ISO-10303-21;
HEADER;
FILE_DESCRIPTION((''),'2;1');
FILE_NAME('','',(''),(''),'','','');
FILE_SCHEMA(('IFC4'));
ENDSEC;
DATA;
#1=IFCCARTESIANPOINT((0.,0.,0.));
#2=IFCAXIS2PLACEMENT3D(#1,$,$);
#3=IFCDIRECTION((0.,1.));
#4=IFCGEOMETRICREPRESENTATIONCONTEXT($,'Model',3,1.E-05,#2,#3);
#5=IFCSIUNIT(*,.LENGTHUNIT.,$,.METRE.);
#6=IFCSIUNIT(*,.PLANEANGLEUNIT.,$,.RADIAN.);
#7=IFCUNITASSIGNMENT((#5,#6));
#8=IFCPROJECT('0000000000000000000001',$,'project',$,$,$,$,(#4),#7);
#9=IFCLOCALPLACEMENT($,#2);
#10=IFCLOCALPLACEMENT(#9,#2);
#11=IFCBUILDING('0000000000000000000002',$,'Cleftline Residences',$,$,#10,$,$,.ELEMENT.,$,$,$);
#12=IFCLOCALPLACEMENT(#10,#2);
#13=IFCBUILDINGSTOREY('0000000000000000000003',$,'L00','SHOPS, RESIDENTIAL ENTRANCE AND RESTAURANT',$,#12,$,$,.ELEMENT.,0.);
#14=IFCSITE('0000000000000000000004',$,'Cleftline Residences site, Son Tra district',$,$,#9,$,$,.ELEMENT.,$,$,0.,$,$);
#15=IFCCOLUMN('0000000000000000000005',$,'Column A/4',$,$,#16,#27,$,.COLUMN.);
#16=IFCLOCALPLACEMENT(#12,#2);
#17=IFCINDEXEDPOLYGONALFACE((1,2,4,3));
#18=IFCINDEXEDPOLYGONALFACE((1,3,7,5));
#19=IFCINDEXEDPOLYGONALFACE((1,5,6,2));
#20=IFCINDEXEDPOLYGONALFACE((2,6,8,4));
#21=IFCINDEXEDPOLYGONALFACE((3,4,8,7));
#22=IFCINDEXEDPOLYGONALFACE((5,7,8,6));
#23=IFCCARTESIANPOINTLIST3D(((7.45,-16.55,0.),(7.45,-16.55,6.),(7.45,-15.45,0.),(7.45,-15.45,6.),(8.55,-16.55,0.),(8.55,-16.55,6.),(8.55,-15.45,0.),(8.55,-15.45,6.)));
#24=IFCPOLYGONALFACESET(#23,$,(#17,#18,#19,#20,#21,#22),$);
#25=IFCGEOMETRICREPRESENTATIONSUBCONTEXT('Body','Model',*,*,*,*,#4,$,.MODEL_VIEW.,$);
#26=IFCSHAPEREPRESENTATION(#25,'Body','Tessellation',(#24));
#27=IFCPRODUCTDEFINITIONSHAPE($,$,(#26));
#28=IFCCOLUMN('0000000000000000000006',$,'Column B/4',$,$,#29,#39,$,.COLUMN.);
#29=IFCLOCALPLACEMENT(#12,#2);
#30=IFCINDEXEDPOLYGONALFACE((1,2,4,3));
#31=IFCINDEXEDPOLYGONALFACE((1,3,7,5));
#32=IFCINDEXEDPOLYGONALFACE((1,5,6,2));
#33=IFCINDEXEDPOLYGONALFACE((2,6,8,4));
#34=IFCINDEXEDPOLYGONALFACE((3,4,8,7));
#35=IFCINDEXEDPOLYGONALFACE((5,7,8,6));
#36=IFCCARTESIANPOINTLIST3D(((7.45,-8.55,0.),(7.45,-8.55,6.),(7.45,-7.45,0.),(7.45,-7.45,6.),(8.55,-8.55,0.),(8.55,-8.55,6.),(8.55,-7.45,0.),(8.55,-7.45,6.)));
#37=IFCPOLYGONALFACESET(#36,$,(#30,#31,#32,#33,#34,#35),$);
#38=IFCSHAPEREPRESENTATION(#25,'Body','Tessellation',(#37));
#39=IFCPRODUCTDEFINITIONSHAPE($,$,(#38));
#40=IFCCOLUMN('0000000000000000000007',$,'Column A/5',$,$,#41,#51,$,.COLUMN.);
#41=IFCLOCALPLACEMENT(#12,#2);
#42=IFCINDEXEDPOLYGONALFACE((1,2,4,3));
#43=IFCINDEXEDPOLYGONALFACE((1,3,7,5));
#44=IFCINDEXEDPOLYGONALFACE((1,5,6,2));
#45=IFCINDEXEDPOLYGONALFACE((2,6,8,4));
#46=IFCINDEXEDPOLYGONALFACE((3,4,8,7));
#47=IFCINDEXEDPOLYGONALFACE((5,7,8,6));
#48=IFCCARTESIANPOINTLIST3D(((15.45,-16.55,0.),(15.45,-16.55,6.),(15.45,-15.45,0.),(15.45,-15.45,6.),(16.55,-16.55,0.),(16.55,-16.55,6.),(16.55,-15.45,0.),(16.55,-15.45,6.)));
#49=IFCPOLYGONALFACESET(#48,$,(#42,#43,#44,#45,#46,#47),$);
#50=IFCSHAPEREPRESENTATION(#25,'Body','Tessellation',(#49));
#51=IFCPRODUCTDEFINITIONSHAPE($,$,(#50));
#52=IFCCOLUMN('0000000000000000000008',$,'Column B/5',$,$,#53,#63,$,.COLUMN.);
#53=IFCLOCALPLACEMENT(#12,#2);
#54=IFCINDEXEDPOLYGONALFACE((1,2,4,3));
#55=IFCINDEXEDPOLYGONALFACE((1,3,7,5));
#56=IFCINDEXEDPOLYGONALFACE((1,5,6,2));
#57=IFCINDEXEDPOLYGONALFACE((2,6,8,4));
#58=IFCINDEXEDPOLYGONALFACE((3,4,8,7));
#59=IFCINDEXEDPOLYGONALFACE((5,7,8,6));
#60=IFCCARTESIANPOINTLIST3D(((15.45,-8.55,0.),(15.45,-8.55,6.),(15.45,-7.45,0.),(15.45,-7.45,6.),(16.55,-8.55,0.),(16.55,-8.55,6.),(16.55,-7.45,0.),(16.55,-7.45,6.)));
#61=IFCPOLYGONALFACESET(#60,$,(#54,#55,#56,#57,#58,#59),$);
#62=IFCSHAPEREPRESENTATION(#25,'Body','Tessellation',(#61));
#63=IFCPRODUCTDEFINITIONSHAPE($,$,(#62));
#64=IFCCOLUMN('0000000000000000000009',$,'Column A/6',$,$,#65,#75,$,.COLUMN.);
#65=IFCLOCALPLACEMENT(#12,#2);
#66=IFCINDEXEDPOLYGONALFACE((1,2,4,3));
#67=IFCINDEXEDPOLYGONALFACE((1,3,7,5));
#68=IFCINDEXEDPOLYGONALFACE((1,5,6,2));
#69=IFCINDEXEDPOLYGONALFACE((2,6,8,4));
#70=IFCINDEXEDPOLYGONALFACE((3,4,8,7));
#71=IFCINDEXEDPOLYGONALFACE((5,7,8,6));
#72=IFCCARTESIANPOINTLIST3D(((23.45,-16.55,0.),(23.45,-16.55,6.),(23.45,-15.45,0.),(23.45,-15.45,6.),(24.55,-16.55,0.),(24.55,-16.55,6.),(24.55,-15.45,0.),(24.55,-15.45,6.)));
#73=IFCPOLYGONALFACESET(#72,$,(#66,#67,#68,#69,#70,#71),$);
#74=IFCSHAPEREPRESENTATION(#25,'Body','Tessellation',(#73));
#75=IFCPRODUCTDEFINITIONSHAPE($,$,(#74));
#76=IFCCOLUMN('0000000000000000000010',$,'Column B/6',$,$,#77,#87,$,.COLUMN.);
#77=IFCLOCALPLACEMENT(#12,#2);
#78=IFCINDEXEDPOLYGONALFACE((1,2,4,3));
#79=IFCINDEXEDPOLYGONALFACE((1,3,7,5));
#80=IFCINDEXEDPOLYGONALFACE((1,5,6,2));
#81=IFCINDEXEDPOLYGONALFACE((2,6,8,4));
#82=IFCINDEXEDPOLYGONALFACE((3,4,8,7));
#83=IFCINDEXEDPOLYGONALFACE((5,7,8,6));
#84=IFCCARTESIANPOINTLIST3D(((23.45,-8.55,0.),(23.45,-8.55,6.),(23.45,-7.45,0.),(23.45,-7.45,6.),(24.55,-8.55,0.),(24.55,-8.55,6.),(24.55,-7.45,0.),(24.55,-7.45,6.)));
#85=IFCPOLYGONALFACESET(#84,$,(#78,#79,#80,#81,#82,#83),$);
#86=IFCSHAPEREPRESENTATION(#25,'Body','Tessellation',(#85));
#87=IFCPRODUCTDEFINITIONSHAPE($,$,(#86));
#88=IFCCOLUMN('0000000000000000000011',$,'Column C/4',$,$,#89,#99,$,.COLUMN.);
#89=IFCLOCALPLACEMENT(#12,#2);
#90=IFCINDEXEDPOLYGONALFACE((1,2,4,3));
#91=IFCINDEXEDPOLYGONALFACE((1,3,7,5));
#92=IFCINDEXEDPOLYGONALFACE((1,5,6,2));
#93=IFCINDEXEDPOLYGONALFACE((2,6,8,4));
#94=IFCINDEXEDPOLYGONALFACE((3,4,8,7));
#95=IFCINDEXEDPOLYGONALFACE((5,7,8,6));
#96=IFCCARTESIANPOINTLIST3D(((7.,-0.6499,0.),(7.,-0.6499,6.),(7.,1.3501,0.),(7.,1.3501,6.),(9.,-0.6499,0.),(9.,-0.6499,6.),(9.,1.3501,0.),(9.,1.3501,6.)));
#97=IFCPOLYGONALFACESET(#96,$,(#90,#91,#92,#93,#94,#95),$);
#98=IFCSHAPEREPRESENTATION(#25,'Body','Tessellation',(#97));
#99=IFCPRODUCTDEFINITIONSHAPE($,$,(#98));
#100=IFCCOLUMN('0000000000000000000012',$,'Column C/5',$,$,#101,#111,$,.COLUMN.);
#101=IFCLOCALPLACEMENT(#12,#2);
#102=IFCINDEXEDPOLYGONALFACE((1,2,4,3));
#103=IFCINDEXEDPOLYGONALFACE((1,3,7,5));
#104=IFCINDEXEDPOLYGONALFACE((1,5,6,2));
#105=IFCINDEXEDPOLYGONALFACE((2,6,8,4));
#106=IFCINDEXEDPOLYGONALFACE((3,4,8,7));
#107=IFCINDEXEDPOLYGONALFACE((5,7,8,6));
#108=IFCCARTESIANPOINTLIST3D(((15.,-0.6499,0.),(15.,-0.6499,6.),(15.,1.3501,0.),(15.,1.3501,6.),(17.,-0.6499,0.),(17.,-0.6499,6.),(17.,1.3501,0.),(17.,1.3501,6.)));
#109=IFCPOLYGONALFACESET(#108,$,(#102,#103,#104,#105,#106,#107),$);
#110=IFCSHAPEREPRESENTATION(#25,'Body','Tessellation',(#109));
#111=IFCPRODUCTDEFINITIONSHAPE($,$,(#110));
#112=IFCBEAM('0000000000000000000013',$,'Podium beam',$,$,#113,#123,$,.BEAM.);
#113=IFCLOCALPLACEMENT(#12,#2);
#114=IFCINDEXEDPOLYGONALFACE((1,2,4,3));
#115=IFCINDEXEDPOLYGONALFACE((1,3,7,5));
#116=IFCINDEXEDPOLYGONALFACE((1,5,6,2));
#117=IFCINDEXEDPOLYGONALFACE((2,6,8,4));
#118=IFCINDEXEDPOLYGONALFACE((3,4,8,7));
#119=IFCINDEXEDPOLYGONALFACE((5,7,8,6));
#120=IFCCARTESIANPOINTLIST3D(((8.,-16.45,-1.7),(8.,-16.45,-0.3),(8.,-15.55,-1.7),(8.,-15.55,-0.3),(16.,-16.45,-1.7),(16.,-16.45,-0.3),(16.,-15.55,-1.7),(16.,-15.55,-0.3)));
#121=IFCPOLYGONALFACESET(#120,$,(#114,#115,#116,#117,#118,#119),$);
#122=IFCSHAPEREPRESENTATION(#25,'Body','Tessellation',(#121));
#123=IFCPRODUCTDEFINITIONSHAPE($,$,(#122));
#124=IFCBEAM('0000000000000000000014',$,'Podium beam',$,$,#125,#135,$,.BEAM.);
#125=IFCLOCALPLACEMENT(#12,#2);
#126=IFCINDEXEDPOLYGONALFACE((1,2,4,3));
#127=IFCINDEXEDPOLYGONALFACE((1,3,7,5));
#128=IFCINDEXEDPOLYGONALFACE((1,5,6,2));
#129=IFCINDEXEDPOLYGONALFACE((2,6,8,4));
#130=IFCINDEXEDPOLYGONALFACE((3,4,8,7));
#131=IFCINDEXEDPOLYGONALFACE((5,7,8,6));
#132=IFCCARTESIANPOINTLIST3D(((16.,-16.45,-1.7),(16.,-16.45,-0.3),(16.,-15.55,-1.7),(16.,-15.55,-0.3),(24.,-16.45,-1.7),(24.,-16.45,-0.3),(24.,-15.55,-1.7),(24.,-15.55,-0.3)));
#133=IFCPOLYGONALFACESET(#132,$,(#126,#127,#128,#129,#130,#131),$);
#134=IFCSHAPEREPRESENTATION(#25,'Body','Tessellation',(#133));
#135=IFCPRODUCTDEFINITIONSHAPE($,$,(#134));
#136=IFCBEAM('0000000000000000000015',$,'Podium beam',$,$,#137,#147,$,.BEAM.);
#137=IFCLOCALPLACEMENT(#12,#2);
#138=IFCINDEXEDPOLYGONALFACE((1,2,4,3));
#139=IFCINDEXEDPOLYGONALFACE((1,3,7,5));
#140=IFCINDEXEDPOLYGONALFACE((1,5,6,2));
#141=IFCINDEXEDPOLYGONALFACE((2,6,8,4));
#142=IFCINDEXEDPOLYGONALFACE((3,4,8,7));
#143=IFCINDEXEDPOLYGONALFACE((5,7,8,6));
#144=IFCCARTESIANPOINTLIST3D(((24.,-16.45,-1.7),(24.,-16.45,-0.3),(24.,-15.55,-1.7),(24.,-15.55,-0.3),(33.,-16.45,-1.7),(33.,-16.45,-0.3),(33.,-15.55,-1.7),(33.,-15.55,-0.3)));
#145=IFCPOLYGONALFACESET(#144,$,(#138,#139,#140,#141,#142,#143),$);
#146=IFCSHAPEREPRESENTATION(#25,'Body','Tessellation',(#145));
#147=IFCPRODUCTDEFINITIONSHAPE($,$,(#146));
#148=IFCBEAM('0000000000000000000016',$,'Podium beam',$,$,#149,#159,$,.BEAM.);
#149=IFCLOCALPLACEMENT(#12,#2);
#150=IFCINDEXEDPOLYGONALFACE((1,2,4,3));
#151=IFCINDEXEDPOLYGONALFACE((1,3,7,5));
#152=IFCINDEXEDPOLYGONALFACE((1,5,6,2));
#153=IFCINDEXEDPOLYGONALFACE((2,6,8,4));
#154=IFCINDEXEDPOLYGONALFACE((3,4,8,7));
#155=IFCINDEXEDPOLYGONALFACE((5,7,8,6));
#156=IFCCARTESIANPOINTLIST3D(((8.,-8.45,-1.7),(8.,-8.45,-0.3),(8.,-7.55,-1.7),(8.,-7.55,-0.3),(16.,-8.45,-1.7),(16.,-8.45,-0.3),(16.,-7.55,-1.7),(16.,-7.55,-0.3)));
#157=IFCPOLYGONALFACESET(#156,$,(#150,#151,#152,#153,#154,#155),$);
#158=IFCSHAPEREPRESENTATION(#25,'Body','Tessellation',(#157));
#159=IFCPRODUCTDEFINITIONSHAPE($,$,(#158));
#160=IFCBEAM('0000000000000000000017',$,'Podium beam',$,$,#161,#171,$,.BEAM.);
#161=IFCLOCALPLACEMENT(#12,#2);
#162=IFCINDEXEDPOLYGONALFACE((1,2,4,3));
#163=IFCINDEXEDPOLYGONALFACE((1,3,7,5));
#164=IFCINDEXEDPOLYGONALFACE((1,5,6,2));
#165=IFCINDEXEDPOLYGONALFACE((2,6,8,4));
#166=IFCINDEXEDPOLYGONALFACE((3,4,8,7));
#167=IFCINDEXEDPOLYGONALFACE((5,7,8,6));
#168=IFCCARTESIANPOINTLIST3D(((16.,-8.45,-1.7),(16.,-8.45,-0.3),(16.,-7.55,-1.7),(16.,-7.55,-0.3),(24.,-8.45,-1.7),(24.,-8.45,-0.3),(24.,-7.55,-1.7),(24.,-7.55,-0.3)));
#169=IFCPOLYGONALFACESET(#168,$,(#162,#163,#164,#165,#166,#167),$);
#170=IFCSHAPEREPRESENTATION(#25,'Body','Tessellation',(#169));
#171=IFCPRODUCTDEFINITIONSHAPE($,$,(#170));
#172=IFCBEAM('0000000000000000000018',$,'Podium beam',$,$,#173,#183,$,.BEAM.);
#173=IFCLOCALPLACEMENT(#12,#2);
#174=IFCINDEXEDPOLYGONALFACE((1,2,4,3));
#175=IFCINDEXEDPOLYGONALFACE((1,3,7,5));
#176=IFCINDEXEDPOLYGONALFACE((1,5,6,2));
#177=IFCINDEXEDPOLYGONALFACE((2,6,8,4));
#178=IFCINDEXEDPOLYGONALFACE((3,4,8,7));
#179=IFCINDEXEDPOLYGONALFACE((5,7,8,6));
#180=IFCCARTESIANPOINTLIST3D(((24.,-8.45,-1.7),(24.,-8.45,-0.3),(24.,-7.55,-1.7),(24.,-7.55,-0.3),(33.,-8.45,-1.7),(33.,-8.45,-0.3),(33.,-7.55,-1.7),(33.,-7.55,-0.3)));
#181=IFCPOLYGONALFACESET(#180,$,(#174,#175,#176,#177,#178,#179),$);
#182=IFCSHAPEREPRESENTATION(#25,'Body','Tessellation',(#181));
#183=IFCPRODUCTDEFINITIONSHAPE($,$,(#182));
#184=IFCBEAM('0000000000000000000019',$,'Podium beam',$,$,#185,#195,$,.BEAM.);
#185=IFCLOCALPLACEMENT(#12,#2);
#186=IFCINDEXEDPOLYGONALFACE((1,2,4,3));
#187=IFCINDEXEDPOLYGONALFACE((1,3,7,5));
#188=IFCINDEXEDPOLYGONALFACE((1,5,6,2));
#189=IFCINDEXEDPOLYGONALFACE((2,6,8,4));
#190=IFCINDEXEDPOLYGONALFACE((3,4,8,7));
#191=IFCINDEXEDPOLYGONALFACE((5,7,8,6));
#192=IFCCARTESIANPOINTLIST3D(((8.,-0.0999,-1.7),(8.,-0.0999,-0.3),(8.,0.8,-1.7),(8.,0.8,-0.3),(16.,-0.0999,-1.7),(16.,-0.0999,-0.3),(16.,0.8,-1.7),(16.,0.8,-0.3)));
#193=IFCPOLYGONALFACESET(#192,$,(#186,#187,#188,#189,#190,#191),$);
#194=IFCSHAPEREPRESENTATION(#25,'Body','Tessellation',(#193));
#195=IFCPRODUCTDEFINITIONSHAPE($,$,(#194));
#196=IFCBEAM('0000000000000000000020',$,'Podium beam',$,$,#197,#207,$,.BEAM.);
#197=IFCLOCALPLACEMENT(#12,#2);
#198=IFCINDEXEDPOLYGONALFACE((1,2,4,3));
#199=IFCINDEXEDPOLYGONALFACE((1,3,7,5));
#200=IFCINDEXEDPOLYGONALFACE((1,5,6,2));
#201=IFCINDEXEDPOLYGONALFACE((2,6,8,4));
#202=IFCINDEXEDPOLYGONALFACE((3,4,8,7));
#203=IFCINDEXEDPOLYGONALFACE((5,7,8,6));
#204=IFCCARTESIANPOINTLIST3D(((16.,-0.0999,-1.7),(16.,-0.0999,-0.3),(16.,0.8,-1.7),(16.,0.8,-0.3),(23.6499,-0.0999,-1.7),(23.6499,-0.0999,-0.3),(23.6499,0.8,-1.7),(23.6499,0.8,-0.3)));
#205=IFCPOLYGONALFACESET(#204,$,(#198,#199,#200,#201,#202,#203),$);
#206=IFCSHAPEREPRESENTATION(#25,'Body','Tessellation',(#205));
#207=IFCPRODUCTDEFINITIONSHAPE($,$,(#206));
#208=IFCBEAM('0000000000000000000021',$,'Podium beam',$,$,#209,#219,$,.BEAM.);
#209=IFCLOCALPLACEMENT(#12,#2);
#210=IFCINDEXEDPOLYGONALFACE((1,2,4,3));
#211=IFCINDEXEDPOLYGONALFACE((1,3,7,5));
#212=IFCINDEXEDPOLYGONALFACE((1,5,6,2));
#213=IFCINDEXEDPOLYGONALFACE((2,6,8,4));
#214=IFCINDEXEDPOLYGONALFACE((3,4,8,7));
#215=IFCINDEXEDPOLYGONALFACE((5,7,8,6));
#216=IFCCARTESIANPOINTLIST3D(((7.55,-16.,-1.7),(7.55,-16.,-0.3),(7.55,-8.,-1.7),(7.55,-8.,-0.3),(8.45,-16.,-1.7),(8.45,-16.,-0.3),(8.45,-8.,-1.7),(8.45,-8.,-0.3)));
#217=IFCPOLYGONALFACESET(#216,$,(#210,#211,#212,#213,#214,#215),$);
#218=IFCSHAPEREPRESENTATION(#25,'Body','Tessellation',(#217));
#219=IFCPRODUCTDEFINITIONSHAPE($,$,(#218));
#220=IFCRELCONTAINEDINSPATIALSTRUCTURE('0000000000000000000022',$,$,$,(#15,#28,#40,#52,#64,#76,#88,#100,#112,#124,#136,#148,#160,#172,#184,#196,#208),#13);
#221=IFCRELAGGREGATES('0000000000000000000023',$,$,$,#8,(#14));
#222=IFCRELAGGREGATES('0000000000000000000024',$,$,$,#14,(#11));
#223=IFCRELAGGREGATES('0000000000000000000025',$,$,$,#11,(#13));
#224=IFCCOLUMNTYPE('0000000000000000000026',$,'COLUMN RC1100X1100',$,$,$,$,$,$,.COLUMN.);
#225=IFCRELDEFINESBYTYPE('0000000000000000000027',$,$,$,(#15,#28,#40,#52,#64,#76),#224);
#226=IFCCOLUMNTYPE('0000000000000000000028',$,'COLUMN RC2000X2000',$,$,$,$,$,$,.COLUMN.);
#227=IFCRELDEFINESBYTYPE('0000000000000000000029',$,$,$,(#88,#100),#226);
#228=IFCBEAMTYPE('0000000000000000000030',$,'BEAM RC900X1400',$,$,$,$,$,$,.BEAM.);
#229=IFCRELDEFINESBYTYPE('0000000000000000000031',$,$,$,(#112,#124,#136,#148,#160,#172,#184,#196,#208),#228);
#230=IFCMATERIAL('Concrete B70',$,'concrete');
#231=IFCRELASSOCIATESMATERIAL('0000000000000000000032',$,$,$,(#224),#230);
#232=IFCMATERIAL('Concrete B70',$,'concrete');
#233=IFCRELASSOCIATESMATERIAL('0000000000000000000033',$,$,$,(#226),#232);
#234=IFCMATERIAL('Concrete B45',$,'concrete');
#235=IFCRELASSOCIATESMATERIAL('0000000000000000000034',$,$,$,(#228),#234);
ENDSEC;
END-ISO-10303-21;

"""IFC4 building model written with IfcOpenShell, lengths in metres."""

from ifc_helpers import new_model, si_unit, direction, frame, origin, origin_2d, place, context, subcontext, project, spatial, rectangle, extrude, material, material_profile, profile_set, type_object, element, save


model = new_model("IFC4")

# Units and contexts
model_context = context("Model", 3, precision=1e-05, world=origin(), true_north=direction((0.0, 1.0)))
body_context = subcontext(model_context, "Body", "Model", "MODEL_VIEW")
ifc_project = project(units=[si_unit("LENGTHUNIT", "METRE"), si_unit("PLANEANGLEUNIT", "RADIAN")], contexts=[model_context])

# Site, building, storey
site_placement = place(None, origin())
site = spatial("IfcSite", under=ifc_project, at=site_placement, Name="Cleftline Residences site, Son Tra district", CompositionType="ELEMENT", RefElevation=0.0)
building_placement = place(site_placement, origin())
building = spatial("IfcBuilding", under=site, at=building_placement, Name="Cleftline Residences", CompositionType="ELEMENT")
storey_placement = place(building_placement, origin())
storey = spatial("IfcBuildingStorey", under=building, at=storey_placement, Name="L00", Description="SHOPS, RESIDENTIAL ENTRANCE AND RESTAURANT", CompositionType="ELEMENT", Elevation=0.0)

# Columns
ifc_material_1 = material(Name="Concrete B70", Category="concrete")
ifc_material_profile_1 = material_profile(ifc_material_1, rectangle(XDim=1.1001, YDim=1.1001, at=origin_2d()))
ifc_profile_set_1 = profile_set([ifc_material_profile_1], Name="Concrete B70")
column_type_1 = type_object("IfcColumnType", Name="COLUMN RC1100X1100", PredefinedType="COLUMN", material=ifc_profile_set_1)
for number, where, z_axis, x_axis, name in (
    (1, (8.0, -16.0, 0.0), (0.0, 0.0, 1.0), (1.0, 0.0, 0.0), "Column A/4"),
    (2, (8.0, -8.0, 0.0), (0.0, 0.0, 1.0), (1.0, 0.0, 0.0), "Column B/4"),
    (3, (16.0, -16.0, 0.0), (0.0, 0.0, 1.0), (1.0, 0.0, 0.0), "Column A/5"),
    (4, (16.0, -8.0, 0.0), (0.0, 0.0, 1.0), (1.0, 0.0, 0.0), "Column B/5"),
    (5, (24.0, -16.0, 0.0), (0.0, 0.0, 1.0), (1.0, 0.0, 0.0), "Column A/6"),
    (6, (24.0, -8.0, 0.0), (0.0, 0.0, 1.0), (1.0, 0.0, 0.0), "Column B/6"),
):
    element("IfcColumn", number, at=place(storey_placement, frame(where, z_axis=z_axis, x_axis=x_axis)), inside=storey, type_object=column_type_1, Name=name, PredefinedType="COLUMN", context=body_context, shape_type="SweptSolid", body=[
        extrude(rectangle(XDim=1.1001, YDim=1.1001, at=origin_2d()), origin(), (0.0, 0.0, 1.0), 6.0),
    ])
ifc_material_2 = material(Name="Concrete B70", Category="concrete")
ifc_material_profile_2 = material_profile(ifc_material_2, rectangle(XDim=2.0, YDim=2.0, at=origin_2d()))
ifc_profile_set_2 = profile_set([ifc_material_profile_2], Name="Concrete B70")
column_type_2 = type_object("IfcColumnType", Name="COLUMN RC2000X2000", PredefinedType="COLUMN", material=ifc_profile_set_2)
for number, where, z_axis, x_axis, name in (
    (7, (8.0, 0.3501, 0.0), (0.0, 0.0, 1.0), (1.0, 0.0, 0.0), "Column C/4"),
    (8, (16.0, 0.3501, 0.0), (0.0, 0.0, 1.0), (1.0, 0.0, 0.0), "Column C/5"),
):
    element("IfcColumn", number, at=place(storey_placement, frame(where, z_axis=z_axis, x_axis=x_axis)), inside=storey, type_object=column_type_2, Name=name, PredefinedType="COLUMN", context=body_context, shape_type="SweptSolid", body=[
        extrude(rectangle(XDim=2.0, YDim=2.0, at=origin_2d()), origin(), (0.0, 0.0, 1.0), 6.0),
    ])

# Beams
ifc_material_3 = material(Name="Concrete B45", Category="concrete")
ifc_material_profile_3 = material_profile(ifc_material_3, rectangle(XDim=0.8999, YDim=1.3999, at=origin_2d()))
ifc_profile_set_3 = profile_set([ifc_material_profile_3], Name="Concrete B45")
beam_type = type_object("IfcBeamType", Name="BEAM RC900X1400", PredefinedType="BEAM", material=ifc_profile_set_3)
for number, where, z_axis, x_axis, name in (
    (9, (8.0, -16.0, -1.0), (1.0, 0.0, 0.0), (0.0, 1.0, 0.0), "Podium beam"),
    (10, (16.0, -16.0, -1.0), (1.0, 0.0, 0.0), (0.0, 1.0, 0.0), "Podium beam"),
):
    element("IfcBeam", number, at=place(storey_placement, frame(where, z_axis=z_axis, x_axis=x_axis)), inside=storey, type_object=beam_type, Name=name, PredefinedType="BEAM", context=body_context, shape_type="SweptSolid", body=[
        extrude(rectangle(XDim=0.8999, YDim=1.3999, at=origin_2d()), origin(), (0.0, 0.0, 1.0), 8.0),
    ])
beam_1_placement = place(storey_placement, frame((24.0, -16.0, -1.0), z_axis=(1.0, 0.0, 0.0), x_axis=(0.0, 1.0, 0.0)))
element("IfcBeam", 11, at=beam_1_placement, inside=storey, type_object=beam_type, Name="Podium beam", PredefinedType="BEAM", context=body_context, shape_type="SweptSolid", body=[
    extrude(rectangle(XDim=0.8999, YDim=1.3999, at=origin_2d()), origin(), (0.0, 0.0, 1.0), 9.0),
])
for number, where, z_axis, x_axis, name in (
    (12, (8.0, -8.0, -1.0), (1.0, 0.0, 0.0), (0.0, 1.0, 0.0), "Podium beam"),
    (13, (16.0, -8.0, -1.0), (1.0, 0.0, 0.0), (0.0, 1.0, 0.0), "Podium beam"),
):
    element("IfcBeam", number, at=place(storey_placement, frame(where, z_axis=z_axis, x_axis=x_axis)), inside=storey, type_object=beam_type, Name=name, PredefinedType="BEAM", context=body_context, shape_type="SweptSolid", body=[
        extrude(rectangle(XDim=0.8999, YDim=1.3999, at=origin_2d()), origin(), (0.0, 0.0, 1.0), 8.0),
    ])
beam_2_placement = place(storey_placement, frame((24.0, -8.0, -1.0), z_axis=(1.0, 0.0, 0.0), x_axis=(0.0, 1.0, 0.0)))
element("IfcBeam", 14, at=beam_2_placement, inside=storey, type_object=beam_type, Name="Podium beam", PredefinedType="BEAM", context=body_context, shape_type="SweptSolid", body=[
    extrude(rectangle(XDim=0.8999, YDim=1.3999, at=origin_2d()), origin(), (0.0, 0.0, 1.0), 9.0),
])
beam_3_placement = place(storey_placement, frame((8.0, 0.3501, -1.0), z_axis=(1.0, 0.0, 0.0), x_axis=(0.0, 1.0, 0.0)))
element("IfcBeam", 15, at=beam_3_placement, inside=storey, type_object=beam_type, Name="Podium beam", PredefinedType="BEAM", context=body_context, shape_type="SweptSolid", body=[
    extrude(rectangle(XDim=0.8999, YDim=1.3999, at=origin_2d()), origin(), (0.0, 0.0, 1.0), 8.0),
])
beam_4_placement = place(storey_placement, frame((16.0, 0.3501, -1.0), z_axis=(1.0, 0.0, 0.0), x_axis=(0.0, 1.0, 0.0)))
element("IfcBeam", 16, at=beam_4_placement, inside=storey, type_object=beam_type, Name="Podium beam", PredefinedType="BEAM", context=body_context, shape_type="SweptSolid", body=[
    extrude(rectangle(XDim=0.8999, YDim=1.3999, at=origin_2d()), origin(), (0.0, 0.0, 1.0), 7.6499),
])
beam_5_placement = place(storey_placement, frame((8.0, -16.0, -1.0), z_axis=(0.0, 1.0, 0.0), x_axis=(-1.0, 0.0, 0.0)))
element("IfcBeam", 17, at=beam_5_placement, inside=storey, type_object=beam_type, Name="Podium beam", PredefinedType="BEAM", context=body_context, shape_type="SweptSolid", body=[
    extrude(rectangle(XDim=0.8999, YDim=1.3999, at=origin_2d()), origin(), (0.0, 0.0, 1.0), 8.0),
])

save(model, "model.ifc")
